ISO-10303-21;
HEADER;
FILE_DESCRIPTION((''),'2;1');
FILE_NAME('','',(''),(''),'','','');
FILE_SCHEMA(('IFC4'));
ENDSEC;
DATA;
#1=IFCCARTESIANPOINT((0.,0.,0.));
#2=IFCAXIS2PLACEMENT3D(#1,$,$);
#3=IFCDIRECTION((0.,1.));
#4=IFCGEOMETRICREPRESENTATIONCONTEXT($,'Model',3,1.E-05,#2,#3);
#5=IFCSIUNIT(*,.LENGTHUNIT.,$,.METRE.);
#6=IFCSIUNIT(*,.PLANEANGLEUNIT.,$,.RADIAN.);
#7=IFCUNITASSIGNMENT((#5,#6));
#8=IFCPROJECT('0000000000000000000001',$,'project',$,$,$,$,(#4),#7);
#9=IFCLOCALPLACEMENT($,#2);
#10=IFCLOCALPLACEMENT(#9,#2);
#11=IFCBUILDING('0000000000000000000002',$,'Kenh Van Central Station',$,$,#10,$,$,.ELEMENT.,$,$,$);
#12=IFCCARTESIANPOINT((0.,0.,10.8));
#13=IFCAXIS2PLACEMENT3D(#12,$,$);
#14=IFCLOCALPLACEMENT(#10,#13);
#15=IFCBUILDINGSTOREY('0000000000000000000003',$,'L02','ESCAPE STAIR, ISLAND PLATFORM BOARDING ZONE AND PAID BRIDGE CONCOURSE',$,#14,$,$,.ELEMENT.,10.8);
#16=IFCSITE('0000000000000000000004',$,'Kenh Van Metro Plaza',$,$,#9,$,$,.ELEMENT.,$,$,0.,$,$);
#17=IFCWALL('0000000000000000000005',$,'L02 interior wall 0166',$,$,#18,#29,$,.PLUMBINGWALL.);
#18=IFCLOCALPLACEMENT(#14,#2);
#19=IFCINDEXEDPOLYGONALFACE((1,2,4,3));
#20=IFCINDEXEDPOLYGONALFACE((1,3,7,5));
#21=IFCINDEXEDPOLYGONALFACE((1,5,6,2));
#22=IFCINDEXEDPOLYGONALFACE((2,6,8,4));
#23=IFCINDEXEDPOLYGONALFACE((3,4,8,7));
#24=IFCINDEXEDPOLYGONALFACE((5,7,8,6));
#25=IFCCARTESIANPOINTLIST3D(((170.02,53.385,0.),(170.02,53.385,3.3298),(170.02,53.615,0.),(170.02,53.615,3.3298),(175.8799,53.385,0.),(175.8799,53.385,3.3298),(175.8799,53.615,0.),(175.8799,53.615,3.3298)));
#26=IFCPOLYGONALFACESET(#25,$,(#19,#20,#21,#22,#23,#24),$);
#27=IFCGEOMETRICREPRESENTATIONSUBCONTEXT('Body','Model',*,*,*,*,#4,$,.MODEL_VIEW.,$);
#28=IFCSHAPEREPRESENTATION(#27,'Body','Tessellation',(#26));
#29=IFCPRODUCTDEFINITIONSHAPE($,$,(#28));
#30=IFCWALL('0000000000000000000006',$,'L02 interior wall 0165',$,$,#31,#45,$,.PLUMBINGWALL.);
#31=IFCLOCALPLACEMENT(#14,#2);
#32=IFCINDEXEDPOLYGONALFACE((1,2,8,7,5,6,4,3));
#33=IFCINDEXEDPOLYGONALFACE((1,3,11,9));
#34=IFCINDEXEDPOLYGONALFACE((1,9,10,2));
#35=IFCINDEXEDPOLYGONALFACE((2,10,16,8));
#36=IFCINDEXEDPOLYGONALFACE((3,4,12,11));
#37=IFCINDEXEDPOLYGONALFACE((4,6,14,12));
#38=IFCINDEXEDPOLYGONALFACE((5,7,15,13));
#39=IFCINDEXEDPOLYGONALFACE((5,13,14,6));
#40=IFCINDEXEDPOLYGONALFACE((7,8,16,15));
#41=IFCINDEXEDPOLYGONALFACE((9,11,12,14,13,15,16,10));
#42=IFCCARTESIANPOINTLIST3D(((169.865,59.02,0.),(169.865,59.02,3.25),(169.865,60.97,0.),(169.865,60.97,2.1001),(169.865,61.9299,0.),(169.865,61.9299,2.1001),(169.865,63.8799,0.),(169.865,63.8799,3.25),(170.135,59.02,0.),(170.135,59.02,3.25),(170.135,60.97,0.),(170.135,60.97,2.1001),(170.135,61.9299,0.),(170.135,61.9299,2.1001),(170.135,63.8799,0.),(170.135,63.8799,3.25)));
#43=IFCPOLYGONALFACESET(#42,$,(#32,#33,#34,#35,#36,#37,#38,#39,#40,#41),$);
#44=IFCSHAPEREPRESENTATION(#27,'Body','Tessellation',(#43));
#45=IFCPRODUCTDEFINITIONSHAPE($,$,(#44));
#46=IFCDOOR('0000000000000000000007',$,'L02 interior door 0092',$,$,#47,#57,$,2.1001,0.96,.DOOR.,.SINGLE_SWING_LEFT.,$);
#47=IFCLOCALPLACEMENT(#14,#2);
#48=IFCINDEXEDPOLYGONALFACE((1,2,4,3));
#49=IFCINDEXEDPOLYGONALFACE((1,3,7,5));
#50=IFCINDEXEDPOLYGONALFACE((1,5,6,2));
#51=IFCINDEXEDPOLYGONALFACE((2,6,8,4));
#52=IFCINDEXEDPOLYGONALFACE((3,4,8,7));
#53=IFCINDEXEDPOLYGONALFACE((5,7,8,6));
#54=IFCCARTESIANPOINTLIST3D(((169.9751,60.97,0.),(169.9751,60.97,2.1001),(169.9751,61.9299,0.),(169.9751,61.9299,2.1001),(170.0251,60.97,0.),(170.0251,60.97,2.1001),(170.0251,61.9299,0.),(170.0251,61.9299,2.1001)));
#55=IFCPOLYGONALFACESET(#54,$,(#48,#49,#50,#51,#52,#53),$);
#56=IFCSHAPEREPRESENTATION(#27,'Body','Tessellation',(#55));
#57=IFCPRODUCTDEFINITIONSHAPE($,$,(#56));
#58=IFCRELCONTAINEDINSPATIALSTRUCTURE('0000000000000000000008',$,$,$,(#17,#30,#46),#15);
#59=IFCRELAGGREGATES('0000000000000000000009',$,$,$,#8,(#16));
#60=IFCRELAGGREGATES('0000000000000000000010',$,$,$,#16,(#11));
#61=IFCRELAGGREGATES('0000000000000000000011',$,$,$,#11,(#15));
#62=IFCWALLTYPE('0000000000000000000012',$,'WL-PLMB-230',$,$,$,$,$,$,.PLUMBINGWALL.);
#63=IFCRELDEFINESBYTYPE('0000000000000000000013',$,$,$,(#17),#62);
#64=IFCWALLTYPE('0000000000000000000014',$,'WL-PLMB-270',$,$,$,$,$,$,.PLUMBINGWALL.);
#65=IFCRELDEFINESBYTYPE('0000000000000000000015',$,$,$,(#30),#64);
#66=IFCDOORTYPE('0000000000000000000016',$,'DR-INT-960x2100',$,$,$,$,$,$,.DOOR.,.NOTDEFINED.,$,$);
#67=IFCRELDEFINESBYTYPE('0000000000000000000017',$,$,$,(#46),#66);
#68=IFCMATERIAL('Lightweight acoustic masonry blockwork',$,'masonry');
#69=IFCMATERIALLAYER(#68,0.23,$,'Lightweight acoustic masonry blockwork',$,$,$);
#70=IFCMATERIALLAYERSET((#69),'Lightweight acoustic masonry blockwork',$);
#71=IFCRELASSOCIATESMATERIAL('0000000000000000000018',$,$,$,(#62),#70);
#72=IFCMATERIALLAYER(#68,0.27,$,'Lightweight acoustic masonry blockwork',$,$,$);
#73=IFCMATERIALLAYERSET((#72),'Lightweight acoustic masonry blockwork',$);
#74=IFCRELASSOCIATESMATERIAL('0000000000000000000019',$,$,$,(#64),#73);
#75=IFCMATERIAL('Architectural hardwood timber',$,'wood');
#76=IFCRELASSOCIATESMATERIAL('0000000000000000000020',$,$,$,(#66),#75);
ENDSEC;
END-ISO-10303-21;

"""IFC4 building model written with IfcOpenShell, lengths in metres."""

from ifc_helpers import new_model, si_unit, direction, frame, frame_2d, origin, place, context, subcontext, project, spatial, rectangle, extrude, material, layer, layer_set, type_object, element, fill, save


model = new_model("IFC4")

# Units and contexts
model_context = context("Model", 3, precision=1e-05, world=origin(), true_north=direction((0.0, 1.0)))
body_context = subcontext(model_context, "Body", "Model", "MODEL_VIEW")
ifc_project = project(units=[si_unit("LENGTHUNIT", "METRE"), si_unit("PLANEANGLEUNIT", "RADIAN")], contexts=[model_context])

# Site, building, storey
site_placement = place(None, origin())
site = spatial("IfcSite", under=ifc_project, at=site_placement, Name="Kenh Van Metro Plaza", CompositionType="ELEMENT", RefElevation=0.0)
building_placement = place(site_placement, origin())
building = spatial("IfcBuilding", under=site, at=building_placement, Name="Kenh Van Central Station", CompositionType="ELEMENT")
storey_placement = place(building_placement, frame((0.0, 0.0, 10.8)))
storey = spatial("IfcBuildingStorey", under=building, at=storey_placement, Name="L02", Description="ESCAPE STAIR, ISLAND PLATFORM BOARDING ZONE AND PAID BRIDGE CONCOURSE", CompositionType="ELEMENT", Elevation=10.8)

# Shared definitions
ifc_material_1 = material(Name="Lightweight acoustic masonry blockwork", Category="masonry")
ifc_material_2 = material(Name="Architectural hardwood timber", Category="wood")

# Wall
ifc_layer_1 = layer(ifc_material_1, 0.23, Name="Lightweight acoustic masonry blockwork")
ifc_layer_set_1 = layer_set([ifc_layer_1], Name="Lightweight acoustic masonry blockwork")
wall_type_1 = type_object("IfcWallType", Name="WL-PLMB-230", PredefinedType="PLUMBINGWALL", material=ifc_layer_set_1)
wall_1_placement = place(storey_placement, frame((170.02, 53.5, 0.0), z_axis=(0.0, 0.0, 1.0), x_axis=(1.0, 0.0, 0.0)))
element("IfcWall", 1, at=wall_1_placement, inside=storey, type_object=wall_type_1, Name="L02 interior wall 0166", PredefinedType="PLUMBINGWALL", context=body_context, shape_type="SweptSolid", body=[
    extrude(rectangle(XDim=5.8599, YDim=0.23, at=frame_2d((2.9299, 0.0))), origin(), (0.0, 0.0, 1.0), 3.3298),
])

# Wall, opening, door
ifc_layer_2 = layer(ifc_material_1, 0.27, Name="Lightweight acoustic masonry blockwork")
ifc_layer_set_2 = layer_set([ifc_layer_2], Name="Lightweight acoustic masonry blockwork")
wall_type_2 = type_object("IfcWallType", Name="WL-PLMB-270", PredefinedType="PLUMBINGWALL", material=ifc_layer_set_2)
wall_2_placement = place(storey_placement, frame((170.0, 59.02, 0.0), z_axis=(0.0, 0.0, 1.0), x_axis=(0.0, 1.0, 0.0)))
wall_2 = element("IfcWall", 2, at=wall_2_placement, inside=storey, type_object=wall_type_2, Name="L02 interior wall 0165", PredefinedType="PLUMBINGWALL", context=body_context, shape_type="SweptSolid", body=[
    extrude(rectangle(XDim=4.8599, YDim=0.27, at=frame_2d((2.4299, 0.0))), origin(), (0.0, 0.0, 1.0), 3.25),
])
opening_1_placement = place(wall_2_placement, frame((1.95, 0.0, 0.0)))
opening_1 = element("IfcOpeningElement", 3, at=opening_1_placement, cuts=wall_2, PredefinedType="OPENING", context=body_context, shape_type="SweptSolid", body=[
    extrude(rectangle(XDim=0.96, YDim=2.1001, at=frame_2d((0.48, 1.05))), frame((0.0, 0.145, 0.0), z_axis=(0.0, -1.0, 0.0), x_axis=(1.0, 0.0, 0.0)), (0.0, 0.0, 1.0), 0.29),
])
door_type_1 = type_object("IfcDoorType", Name="DR-INT-960x2100", OperationType="NOTDEFINED", PredefinedType="DOOR", material=ifc_material_2)
door_1_placement = place(opening_1_placement, origin())
door_1 = element("IfcDoor", 4, at=door_1_placement, inside=storey, type_object=door_type_1, Name="L02 interior door 0092", OperationType="SINGLE_SWING_LEFT", OverallHeight=2.1001, OverallWidth=0.96, PredefinedType="DOOR", context=body_context, shape_type="SweptSolid", body=[
    extrude(rectangle(XDim=0.96, YDim=2.1001, at=frame_2d((0.48, 1.05))), frame((0.0, 0.0249, 0.0), z_axis=(0.0, -1.0, 0.0), x_axis=(1.0, 0.0, 0.0)), (0.0, 0.0, 1.0), 0.05),
])
fill(opening_1, door_1)

save(model, "model.ifc")
